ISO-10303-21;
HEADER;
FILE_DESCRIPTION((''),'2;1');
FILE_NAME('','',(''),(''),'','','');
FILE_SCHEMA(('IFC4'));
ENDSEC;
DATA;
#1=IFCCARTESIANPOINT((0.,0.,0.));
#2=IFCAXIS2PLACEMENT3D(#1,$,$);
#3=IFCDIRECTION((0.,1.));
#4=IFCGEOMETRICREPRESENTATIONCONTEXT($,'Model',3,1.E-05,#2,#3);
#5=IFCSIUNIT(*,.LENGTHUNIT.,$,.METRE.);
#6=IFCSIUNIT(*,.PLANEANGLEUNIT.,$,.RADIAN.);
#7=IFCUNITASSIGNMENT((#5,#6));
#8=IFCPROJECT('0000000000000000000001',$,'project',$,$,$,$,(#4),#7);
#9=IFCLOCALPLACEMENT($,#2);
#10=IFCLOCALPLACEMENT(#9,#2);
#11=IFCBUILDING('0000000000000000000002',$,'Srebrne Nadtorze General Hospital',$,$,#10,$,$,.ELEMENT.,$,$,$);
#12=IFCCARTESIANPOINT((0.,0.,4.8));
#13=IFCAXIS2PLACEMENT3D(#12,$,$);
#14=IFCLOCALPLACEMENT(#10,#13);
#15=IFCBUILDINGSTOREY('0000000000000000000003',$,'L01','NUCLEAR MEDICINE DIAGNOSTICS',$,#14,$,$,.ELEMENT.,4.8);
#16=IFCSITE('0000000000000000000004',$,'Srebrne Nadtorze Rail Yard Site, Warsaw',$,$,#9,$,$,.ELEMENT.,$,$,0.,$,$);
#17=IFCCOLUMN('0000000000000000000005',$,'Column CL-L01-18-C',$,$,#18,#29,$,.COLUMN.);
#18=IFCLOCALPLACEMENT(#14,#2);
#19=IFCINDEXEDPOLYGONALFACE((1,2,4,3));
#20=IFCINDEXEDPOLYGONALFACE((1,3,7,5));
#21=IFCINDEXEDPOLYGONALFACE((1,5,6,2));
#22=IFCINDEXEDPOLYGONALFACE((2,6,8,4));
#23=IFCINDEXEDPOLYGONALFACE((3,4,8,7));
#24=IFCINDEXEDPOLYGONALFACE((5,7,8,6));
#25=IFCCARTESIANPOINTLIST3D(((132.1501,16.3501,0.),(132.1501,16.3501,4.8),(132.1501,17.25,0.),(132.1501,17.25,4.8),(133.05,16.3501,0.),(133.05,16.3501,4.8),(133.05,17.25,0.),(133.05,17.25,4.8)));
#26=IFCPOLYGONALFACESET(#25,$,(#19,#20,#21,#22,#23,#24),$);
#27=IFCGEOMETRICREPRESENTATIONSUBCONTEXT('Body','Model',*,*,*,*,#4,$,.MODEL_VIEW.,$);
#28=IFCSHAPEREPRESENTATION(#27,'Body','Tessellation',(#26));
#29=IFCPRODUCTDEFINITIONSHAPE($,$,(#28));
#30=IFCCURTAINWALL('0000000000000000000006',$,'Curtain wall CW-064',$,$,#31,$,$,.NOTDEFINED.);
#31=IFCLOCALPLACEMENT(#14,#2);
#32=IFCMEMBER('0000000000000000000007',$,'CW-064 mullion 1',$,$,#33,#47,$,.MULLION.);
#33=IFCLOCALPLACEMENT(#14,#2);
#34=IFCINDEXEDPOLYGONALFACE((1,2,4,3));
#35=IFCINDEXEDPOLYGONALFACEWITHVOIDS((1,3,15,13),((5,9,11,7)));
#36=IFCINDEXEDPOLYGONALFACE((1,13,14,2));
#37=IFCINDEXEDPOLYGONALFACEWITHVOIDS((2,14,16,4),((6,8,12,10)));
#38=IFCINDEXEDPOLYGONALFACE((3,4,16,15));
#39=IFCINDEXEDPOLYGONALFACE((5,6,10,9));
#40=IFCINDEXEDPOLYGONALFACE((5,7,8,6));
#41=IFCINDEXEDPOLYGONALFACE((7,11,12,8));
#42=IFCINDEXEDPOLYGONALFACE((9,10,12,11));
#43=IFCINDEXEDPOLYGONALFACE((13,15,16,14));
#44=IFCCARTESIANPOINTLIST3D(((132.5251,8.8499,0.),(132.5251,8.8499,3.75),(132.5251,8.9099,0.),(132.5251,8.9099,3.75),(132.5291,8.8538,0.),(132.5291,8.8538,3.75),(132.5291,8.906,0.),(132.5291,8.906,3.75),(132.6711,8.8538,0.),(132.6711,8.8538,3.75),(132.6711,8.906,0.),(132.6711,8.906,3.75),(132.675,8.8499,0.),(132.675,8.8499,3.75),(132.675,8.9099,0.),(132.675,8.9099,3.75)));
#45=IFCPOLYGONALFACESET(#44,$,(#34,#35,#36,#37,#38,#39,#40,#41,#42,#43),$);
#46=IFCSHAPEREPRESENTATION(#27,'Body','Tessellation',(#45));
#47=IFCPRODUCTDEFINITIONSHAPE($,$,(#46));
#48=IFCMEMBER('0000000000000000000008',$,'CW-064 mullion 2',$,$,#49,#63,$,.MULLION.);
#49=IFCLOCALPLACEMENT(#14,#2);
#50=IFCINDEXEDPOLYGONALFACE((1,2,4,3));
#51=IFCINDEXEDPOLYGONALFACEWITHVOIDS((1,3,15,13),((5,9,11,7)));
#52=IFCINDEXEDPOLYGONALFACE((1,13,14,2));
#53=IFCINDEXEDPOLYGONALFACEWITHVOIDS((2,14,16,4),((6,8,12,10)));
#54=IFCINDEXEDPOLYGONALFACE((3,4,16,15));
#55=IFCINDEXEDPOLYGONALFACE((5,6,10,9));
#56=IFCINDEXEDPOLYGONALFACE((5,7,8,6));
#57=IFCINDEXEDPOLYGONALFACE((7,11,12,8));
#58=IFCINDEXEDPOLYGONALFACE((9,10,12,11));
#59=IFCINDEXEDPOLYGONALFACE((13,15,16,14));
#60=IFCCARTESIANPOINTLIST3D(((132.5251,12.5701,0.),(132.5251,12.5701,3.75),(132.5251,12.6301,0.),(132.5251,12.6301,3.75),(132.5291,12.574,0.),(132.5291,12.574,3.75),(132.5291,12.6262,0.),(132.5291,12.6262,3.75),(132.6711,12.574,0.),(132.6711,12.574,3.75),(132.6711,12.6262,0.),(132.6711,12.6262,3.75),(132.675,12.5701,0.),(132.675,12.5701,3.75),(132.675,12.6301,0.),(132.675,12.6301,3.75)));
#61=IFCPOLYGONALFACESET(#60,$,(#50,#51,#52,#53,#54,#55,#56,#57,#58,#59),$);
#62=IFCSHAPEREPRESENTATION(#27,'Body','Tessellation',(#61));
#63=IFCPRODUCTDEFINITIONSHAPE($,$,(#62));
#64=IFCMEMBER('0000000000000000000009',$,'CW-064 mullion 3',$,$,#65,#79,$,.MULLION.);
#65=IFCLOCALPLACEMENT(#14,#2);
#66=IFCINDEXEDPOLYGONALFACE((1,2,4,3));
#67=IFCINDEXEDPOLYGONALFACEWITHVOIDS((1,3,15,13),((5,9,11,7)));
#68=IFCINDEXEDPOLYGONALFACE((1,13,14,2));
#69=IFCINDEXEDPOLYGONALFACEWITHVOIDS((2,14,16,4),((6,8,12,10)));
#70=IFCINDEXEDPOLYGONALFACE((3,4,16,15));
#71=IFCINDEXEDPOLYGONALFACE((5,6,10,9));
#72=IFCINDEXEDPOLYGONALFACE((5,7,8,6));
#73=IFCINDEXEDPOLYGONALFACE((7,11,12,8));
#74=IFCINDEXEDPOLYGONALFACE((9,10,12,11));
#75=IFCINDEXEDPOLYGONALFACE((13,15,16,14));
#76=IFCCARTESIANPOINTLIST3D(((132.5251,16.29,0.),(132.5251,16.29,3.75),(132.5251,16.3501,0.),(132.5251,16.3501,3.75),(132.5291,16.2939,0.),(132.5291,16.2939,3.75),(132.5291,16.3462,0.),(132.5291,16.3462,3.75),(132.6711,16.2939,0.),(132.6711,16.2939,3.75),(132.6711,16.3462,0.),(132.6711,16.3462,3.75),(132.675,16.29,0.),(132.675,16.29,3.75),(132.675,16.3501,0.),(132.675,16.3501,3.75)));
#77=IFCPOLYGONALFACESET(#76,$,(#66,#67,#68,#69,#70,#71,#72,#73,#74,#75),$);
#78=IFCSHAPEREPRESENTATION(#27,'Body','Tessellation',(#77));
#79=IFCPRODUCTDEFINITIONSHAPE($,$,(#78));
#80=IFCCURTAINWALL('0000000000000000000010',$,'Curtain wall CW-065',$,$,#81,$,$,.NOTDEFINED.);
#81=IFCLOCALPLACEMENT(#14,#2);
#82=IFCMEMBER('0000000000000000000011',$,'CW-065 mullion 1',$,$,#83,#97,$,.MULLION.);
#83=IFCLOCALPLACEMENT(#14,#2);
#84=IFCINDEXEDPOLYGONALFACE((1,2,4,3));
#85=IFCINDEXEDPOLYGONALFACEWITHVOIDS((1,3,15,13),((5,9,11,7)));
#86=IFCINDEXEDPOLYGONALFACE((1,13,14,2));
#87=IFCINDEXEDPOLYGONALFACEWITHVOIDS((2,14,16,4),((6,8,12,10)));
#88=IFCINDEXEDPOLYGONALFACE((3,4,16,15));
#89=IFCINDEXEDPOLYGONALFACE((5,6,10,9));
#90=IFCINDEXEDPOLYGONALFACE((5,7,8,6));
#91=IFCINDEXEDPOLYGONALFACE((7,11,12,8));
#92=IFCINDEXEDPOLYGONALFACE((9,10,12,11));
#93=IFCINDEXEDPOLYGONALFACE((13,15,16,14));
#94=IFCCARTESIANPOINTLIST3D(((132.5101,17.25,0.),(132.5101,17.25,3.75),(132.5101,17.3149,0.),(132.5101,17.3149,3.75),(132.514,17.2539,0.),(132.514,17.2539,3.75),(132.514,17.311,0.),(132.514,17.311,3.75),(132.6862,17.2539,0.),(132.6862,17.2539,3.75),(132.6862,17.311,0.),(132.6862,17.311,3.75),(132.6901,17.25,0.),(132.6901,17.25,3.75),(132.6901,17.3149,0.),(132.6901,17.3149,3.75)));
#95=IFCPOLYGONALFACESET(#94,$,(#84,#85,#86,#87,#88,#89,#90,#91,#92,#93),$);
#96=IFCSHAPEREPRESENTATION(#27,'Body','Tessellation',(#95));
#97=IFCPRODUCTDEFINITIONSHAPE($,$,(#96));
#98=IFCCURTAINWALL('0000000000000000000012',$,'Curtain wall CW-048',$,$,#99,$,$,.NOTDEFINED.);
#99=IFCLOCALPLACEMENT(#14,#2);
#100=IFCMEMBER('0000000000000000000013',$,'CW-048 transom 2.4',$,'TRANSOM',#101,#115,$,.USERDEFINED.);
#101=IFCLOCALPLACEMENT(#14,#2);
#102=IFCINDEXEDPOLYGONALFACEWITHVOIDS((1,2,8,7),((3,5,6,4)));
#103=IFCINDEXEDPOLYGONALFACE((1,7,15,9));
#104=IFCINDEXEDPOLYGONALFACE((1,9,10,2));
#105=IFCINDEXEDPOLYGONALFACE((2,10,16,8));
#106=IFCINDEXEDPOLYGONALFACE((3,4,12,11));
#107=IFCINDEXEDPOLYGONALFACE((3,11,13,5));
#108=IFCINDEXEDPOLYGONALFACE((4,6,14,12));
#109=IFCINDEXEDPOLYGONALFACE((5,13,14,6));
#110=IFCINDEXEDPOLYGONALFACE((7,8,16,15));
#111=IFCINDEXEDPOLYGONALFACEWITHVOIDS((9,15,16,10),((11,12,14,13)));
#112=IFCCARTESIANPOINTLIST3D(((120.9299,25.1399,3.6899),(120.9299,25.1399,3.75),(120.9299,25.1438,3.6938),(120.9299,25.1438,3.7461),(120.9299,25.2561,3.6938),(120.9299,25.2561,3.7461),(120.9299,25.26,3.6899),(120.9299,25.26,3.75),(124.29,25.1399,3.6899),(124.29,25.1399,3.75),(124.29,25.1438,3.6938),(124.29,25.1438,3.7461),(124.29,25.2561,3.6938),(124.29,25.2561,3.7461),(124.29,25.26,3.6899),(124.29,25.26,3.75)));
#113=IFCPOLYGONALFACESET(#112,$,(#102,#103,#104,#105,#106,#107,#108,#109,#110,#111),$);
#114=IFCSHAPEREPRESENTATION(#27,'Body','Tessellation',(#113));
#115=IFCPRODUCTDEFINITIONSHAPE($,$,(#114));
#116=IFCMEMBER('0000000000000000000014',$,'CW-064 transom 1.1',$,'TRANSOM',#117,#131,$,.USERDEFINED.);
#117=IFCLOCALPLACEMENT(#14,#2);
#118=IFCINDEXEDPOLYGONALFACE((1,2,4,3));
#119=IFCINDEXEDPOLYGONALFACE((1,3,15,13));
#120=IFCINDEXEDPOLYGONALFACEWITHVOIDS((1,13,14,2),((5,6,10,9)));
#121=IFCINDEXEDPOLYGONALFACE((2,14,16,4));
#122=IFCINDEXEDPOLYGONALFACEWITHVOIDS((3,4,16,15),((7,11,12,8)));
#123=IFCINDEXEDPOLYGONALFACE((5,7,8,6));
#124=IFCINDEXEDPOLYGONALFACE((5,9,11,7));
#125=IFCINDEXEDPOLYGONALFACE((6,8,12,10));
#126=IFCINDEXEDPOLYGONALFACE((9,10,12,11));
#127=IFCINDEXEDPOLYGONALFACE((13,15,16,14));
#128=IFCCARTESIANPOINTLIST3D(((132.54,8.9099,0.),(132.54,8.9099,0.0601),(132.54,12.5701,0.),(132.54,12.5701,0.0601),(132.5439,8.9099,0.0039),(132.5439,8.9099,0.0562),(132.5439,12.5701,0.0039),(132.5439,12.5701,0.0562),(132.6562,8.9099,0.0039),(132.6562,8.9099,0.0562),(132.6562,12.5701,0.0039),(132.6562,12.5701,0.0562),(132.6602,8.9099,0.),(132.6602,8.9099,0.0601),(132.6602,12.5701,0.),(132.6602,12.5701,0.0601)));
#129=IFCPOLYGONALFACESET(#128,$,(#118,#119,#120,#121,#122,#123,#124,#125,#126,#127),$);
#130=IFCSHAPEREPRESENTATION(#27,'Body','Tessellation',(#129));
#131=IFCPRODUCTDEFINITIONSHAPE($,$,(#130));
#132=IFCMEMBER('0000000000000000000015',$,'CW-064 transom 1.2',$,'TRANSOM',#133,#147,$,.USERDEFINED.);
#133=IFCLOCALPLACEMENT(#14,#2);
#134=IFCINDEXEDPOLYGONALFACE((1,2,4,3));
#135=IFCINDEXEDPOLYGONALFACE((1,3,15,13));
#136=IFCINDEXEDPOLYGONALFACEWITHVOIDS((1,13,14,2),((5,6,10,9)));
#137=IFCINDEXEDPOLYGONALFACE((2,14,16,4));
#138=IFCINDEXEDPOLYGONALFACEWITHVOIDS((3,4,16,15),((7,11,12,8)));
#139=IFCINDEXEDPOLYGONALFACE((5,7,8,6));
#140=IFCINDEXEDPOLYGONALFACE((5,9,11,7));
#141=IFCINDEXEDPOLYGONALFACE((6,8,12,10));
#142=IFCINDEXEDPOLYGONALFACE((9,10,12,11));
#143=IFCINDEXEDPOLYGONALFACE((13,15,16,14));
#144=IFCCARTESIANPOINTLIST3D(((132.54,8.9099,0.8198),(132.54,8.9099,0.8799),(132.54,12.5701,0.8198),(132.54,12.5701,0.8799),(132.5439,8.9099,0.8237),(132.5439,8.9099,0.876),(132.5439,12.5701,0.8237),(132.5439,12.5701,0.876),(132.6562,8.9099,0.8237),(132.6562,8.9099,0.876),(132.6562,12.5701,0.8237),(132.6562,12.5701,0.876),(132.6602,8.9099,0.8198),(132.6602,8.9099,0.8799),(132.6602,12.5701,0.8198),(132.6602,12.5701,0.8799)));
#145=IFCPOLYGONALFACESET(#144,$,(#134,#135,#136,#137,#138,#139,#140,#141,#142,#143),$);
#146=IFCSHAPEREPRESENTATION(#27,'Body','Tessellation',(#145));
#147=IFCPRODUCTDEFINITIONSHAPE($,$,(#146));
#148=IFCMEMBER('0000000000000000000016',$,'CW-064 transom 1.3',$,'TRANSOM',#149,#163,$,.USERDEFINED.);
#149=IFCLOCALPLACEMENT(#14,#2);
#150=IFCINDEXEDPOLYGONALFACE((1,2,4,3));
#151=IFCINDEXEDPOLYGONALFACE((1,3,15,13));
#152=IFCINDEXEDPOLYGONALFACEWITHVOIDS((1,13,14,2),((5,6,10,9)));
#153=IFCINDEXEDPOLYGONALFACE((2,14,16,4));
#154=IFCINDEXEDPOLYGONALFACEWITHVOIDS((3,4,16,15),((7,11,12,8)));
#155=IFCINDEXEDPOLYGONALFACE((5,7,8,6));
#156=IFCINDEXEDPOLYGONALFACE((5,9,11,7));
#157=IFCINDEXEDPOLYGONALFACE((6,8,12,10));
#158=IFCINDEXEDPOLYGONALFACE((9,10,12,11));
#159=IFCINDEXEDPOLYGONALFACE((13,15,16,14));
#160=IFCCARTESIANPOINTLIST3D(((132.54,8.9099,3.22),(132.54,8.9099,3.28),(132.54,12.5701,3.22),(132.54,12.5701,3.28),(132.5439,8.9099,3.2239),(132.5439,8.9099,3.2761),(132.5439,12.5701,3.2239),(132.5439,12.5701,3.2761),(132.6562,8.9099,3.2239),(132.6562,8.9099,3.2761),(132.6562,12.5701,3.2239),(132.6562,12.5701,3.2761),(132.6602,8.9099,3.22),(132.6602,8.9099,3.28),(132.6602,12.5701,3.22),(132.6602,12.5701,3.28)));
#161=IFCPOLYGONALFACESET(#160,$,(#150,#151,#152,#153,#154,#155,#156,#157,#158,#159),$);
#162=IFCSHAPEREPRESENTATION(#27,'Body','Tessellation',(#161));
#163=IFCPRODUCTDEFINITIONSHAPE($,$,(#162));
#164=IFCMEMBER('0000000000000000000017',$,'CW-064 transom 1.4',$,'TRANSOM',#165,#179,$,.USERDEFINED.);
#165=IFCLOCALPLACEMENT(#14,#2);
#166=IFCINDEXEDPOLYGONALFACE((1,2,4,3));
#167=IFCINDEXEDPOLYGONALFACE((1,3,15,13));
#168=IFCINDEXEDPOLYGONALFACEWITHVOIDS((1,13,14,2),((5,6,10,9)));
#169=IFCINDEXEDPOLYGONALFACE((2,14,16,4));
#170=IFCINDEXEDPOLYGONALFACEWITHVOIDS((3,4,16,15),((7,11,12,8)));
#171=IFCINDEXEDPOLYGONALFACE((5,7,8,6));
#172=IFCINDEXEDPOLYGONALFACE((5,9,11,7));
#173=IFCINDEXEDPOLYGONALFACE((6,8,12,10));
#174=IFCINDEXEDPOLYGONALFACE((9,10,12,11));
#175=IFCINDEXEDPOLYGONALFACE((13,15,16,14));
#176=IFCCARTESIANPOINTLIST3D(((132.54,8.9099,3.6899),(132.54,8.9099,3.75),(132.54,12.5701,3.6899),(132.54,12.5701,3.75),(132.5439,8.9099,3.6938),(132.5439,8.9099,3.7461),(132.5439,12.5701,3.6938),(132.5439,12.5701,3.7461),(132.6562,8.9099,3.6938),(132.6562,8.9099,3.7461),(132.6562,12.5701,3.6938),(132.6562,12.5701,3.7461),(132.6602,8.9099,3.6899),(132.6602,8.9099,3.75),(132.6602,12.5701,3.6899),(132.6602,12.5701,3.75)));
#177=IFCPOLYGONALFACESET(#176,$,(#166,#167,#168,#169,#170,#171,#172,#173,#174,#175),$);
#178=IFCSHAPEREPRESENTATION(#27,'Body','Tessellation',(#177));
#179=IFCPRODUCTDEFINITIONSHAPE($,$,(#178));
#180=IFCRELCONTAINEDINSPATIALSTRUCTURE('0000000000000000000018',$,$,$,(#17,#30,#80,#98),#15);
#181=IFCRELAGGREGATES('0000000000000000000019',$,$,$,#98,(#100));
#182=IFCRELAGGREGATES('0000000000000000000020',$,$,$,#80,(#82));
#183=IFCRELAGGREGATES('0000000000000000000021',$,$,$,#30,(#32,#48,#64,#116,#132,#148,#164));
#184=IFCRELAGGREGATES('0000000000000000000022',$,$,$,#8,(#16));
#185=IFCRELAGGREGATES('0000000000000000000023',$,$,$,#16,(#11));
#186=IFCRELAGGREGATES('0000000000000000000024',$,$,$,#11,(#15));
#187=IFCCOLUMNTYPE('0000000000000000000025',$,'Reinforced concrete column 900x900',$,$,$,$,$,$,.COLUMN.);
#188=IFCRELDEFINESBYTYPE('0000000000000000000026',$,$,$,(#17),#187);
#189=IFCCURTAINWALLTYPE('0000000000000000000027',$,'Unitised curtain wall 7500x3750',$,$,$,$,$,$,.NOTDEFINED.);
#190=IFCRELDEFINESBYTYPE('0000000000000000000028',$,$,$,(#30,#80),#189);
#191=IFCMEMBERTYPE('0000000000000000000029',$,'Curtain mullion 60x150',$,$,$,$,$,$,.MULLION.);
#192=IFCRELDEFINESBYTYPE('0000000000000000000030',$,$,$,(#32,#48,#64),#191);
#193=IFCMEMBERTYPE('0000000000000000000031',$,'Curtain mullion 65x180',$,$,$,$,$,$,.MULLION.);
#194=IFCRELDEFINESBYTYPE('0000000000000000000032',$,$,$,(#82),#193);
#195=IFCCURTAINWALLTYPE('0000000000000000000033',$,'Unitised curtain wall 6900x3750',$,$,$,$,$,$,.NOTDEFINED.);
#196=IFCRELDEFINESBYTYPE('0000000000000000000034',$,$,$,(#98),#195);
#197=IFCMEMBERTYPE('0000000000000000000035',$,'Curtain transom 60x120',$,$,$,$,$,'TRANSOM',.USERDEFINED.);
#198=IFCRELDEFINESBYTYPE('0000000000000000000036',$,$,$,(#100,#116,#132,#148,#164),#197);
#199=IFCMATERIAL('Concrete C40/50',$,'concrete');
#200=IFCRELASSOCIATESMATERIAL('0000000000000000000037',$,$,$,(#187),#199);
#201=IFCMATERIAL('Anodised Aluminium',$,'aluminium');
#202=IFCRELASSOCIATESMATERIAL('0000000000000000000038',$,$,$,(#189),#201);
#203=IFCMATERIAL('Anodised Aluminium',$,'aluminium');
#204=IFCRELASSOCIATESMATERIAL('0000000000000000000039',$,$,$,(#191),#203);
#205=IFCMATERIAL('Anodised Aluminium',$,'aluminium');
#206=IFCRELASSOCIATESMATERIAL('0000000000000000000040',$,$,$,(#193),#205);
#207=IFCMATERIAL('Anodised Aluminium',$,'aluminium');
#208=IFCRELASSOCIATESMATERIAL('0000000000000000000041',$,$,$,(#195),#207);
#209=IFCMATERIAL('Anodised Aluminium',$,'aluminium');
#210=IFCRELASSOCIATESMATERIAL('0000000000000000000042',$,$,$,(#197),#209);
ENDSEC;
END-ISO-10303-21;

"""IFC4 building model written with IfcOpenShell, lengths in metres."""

from ifc_helpers import new_model, si_unit, direction, frame, origin, origin_2d, place, context, subcontext, project, spatial, rectangle, hollow_rectangle, extrude, material, material_profile, profile_set, type_object, element, aggregate, save


model = new_model("IFC4")

# Units and contexts
model_context = context("Model", 3, precision=1e-05, world=origin(), true_north=direction((0.0, 1.0)))
body_context = subcontext(model_context, "Body", "Model", "MODEL_VIEW")
ifc_project = project(units=[si_unit("LENGTHUNIT", "METRE"), si_unit("PLANEANGLEUNIT", "RADIAN")], contexts=[model_context])

# Site, building, storey
site_placement = place(None, origin())
site = spatial("IfcSite", under=ifc_project, at=site_placement, Name="Srebrne Nadtorze Rail Yard Site, Warsaw", CompositionType="ELEMENT", RefElevation=0.0)
building_placement = place(site_placement, origin())
building = spatial("IfcBuilding", under=site, at=building_placement, Name="Srebrne Nadtorze General Hospital", CompositionType="ELEMENT")
storey_placement = place(building_placement, frame((0.0, 0.0, 4.8)))
storey = spatial("IfcBuildingStorey", under=building, at=storey_placement, Name="L01", Description="NUCLEAR MEDICINE DIAGNOSTICS", CompositionType="ELEMENT", Elevation=4.8)

# Column
ifc_material_1 = material(Name="Concrete C40/50", Category="concrete")
ifc_material_profile_1 = material_profile(ifc_material_1, rectangle(XDim=0.8999, YDim=0.8999, at=origin_2d()), Name="RC-COL-900x900")
ifc_profile_set_1 = profile_set([ifc_material_profile_1], Name="Concrete C40/50")
column_type = type_object("IfcColumnType", Name="Reinforced concrete column 900x900", PredefinedType="COLUMN", material=ifc_profile_set_1)
column_placement = place(storey_placement, frame((132.6001, 16.8, 0.0), z_axis=(0.0, 0.0, 1.0), x_axis=(1.0, 0.0, 0.0)))
element("IfcColumn", 1, at=column_placement, inside=storey, type_object=column_type, Name="Column CL-L01-18-C", PredefinedType="COLUMN", context=body_context, shape_type="SweptSolid", body=[
    extrude(rectangle(XDim=0.8999, YDim=0.8999, at=origin_2d()), origin(), (0.0, 0.0, 1.0), 4.8),
])

# Curtain wall, members
ifc_material_2 = material(Name="Anodised Aluminium", Category="aluminium")
curtain_wall_type_1 = type_object("IfcCurtainWallType", Name="Unitised curtain wall 7500x3750", PredefinedType="NOTDEFINED", material=ifc_material_2)
curtain_wall_1_placement = place(storey_placement, origin())
curtain_wall_1 = element("IfcCurtainWall", 2, at=curtain_wall_1_placement, inside=storey, type_object=curtain_wall_type_1, Name="Curtain wall CW-064", PredefinedType="NOTDEFINED")
ifc_material_3 = material(Name="Anodised Aluminium", Category="aluminium")
ifc_material_profile_2 = material_profile(ifc_material_3, hollow_rectangle(XDim=0.0601, YDim=0.1499, WallThickness=0.0039, at=origin_2d()), Name="AL-MUL-60x150")
ifc_profile_set_2 = profile_set([ifc_material_profile_2], Name="Anodised Aluminium")
member_type_1 = type_object("IfcMemberType", Name="Curtain mullion 60x150", PredefinedType="MULLION", material=ifc_profile_set_2)
member_1_placement = place(storey_placement, frame((132.6001, 8.8799, 0.0), z_axis=(0.0, 0.0, 1.0), x_axis=(0.0, 1.0, 0.0)))
member_1 = element("IfcMember", 3, at=member_1_placement, type_object=member_type_1, Name="CW-064 mullion 1", PredefinedType="MULLION", context=body_context, shape_type="SweptSolid", body=[
    extrude(hollow_rectangle(XDim=0.0601, YDim=0.1499, WallThickness=0.0039, at=origin_2d()), origin(), (0.0, 0.0, 1.0), 3.75),
])
member_2_placement = place(storey_placement, frame((132.6001, 12.6001, 0.0), z_axis=(0.0, 0.0, 1.0), x_axis=(0.0, 1.0, 0.0)))
member_2 = element("IfcMember", 4, at=member_2_placement, type_object=member_type_1, Name="CW-064 mullion 2", PredefinedType="MULLION", context=body_context, shape_type="SweptSolid", body=[
    extrude(hollow_rectangle(XDim=0.0601, YDim=0.1499, WallThickness=0.0039, at=origin_2d()), origin(), (0.0, 0.0, 1.0), 3.75),
])
member_3_placement = place(storey_placement, frame((132.6001, 16.3201, 0.0), z_axis=(0.0, 0.0, 1.0), x_axis=(0.0, 1.0, 0.0)))
member_3 = element("IfcMember", 5, at=member_3_placement, type_object=member_type_1, Name="CW-064 mullion 3", PredefinedType="MULLION", context=body_context, shape_type="SweptSolid", body=[
    extrude(hollow_rectangle(XDim=0.0601, YDim=0.1499, WallThickness=0.0039, at=origin_2d()), origin(), (0.0, 0.0, 1.0), 3.75),
])

# Curtain walls, members
curtain_wall_2_placement = place(storey_placement, origin())
curtain_wall_2 = element("IfcCurtainWall", 6, at=curtain_wall_2_placement, inside=storey, type_object=curtain_wall_type_1, Name="Curtain wall CW-065", PredefinedType="NOTDEFINED")
ifc_material_4 = material(Name="Anodised Aluminium", Category="aluminium")
ifc_material_profile_3 = material_profile(ifc_material_4, hollow_rectangle(XDim=0.0649, YDim=0.1799, WallThickness=0.0039, at=origin_2d()), Name="AL-MUL-65x180")
ifc_profile_set_3 = profile_set([ifc_material_profile_3], Name="Anodised Aluminium")
member_type_2 = type_object("IfcMemberType", Name="Curtain mullion 65x180", PredefinedType="MULLION", material=ifc_profile_set_3)
member_4_placement = place(storey_placement, frame((132.6001, 17.2825, 0.0), z_axis=(0.0, 0.0, 1.0), x_axis=(0.0, 1.0, 0.0)))
member_4 = element("IfcMember", 7, at=member_4_placement, type_object=member_type_2, Name="CW-065 mullion 1", PredefinedType="MULLION", context=body_context, shape_type="SweptSolid", body=[
    extrude(hollow_rectangle(XDim=0.0649, YDim=0.1799, WallThickness=0.0039, at=origin_2d()), origin(), (0.0, 0.0, 1.0), 3.75),
])
ifc_material_5 = material(Name="Anodised Aluminium", Category="aluminium")
curtain_wall_type_2 = type_object("IfcCurtainWallType", Name="Unitised curtain wall 6900x3750", PredefinedType="NOTDEFINED", material=ifc_material_5)
curtain_wall_3_placement = place(storey_placement, origin())
curtain_wall_3 = element("IfcCurtainWall", 8, at=curtain_wall_3_placement, inside=storey, type_object=curtain_wall_type_2, Name="Curtain wall CW-048", PredefinedType="NOTDEFINED")
ifc_material_6 = material(Name="Anodised Aluminium", Category="aluminium")
ifc_material_profile_4 = material_profile(ifc_material_6, hollow_rectangle(XDim=0.0601, YDim=0.1201, WallThickness=0.0039, at=origin_2d()), Name="AL-TRN-60x120")
ifc_profile_set_4 = profile_set([ifc_material_profile_4], Name="Anodised Aluminium")
member_type_3 = type_object("IfcMemberType", Name="Curtain transom 60x120", ElementType="TRANSOM", PredefinedType="USERDEFINED", material=ifc_profile_set_4)
member_5_placement = place(storey_placement, frame((120.9299, 25.2, 3.72), z_axis=(1.0, 0.0, 0.0), x_axis=(0.0, 0.0, 1.0)))
member_5 = element("IfcMember", 9, at=member_5_placement, type_object=member_type_3, Name="CW-048 transom 2.4", ObjectType="TRANSOM", PredefinedType="USERDEFINED", context=body_context, shape_type="SweptSolid", body=[
    extrude(hollow_rectangle(XDim=0.0601, YDim=0.1201, WallThickness=0.0039, at=origin_2d()), origin(), (0.0, 0.0, 1.0), 3.3601),
])
aggregate(curtain_wall_3, [member_5])

# Members
member_6_placement = place(storey_placement, frame((132.6001, 8.9099, 0.03), z_axis=(0.0, 1.0, 0.0), x_axis=(0.0, 0.0, 1.0)))
member_6 = element("IfcMember", 10, at=member_6_placement, type_object=member_type_3, Name="CW-064 transom 1.1", ObjectType="TRANSOM", PredefinedType="USERDEFINED", context=body_context, shape_type="SweptSolid", body=[
    extrude(hollow_rectangle(XDim=0.0601, YDim=0.1201, WallThickness=0.0039, at=origin_2d()), origin(), (0.0, 0.0, 1.0), 3.6602),
])
member_7_placement = place(storey_placement, frame((132.6001, 8.9099, 0.8499), z_axis=(0.0, 1.0, 0.0), x_axis=(0.0, 0.0, 1.0)))
member_7 = element("IfcMember", 11, at=member_7_placement, type_object=member_type_3, Name="CW-064 transom 1.2", ObjectType="TRANSOM", PredefinedType="USERDEFINED", context=body_context, shape_type="SweptSolid", body=[
    extrude(hollow_rectangle(XDim=0.0601, YDim=0.1201, WallThickness=0.0039, at=origin_2d()), origin(), (0.0, 0.0, 1.0), 3.6602),
])
member_8_placement = place(storey_placement, frame((132.6001, 8.9099, 3.25), z_axis=(0.0, 1.0, 0.0), x_axis=(0.0, 0.0, 1.0)))
member_8 = element("IfcMember", 12, at=member_8_placement, type_object=member_type_3, Name="CW-064 transom 1.3", ObjectType="TRANSOM", PredefinedType="USERDEFINED", context=body_context, shape_type="SweptSolid", body=[
    extrude(hollow_rectangle(XDim=0.0601, YDim=0.1201, WallThickness=0.0039, at=origin_2d()), origin(), (0.0, 0.0, 1.0), 3.6602),
])
member_9_placement = place(storey_placement, frame((132.6001, 8.9099, 3.72), z_axis=(0.0, 1.0, 0.0), x_axis=(0.0, 0.0, 1.0)))
member_9 = element("IfcMember", 13, at=member_9_placement, type_object=member_type_3, Name="CW-064 transom 1.4", ObjectType="TRANSOM", PredefinedType="USERDEFINED", context=body_context, shape_type="SweptSolid", body=[
    extrude(hollow_rectangle(XDim=0.0601, YDim=0.1201, WallThickness=0.0039, at=origin_2d()), origin(), (0.0, 0.0, 1.0), 3.6602),
])
aggregate(curtain_wall_2, [member_4])

aggregate(curtain_wall_1, [member_1, member_2, member_3, member_6, member_7, member_8, member_9])

save(model, "model.ifc")
